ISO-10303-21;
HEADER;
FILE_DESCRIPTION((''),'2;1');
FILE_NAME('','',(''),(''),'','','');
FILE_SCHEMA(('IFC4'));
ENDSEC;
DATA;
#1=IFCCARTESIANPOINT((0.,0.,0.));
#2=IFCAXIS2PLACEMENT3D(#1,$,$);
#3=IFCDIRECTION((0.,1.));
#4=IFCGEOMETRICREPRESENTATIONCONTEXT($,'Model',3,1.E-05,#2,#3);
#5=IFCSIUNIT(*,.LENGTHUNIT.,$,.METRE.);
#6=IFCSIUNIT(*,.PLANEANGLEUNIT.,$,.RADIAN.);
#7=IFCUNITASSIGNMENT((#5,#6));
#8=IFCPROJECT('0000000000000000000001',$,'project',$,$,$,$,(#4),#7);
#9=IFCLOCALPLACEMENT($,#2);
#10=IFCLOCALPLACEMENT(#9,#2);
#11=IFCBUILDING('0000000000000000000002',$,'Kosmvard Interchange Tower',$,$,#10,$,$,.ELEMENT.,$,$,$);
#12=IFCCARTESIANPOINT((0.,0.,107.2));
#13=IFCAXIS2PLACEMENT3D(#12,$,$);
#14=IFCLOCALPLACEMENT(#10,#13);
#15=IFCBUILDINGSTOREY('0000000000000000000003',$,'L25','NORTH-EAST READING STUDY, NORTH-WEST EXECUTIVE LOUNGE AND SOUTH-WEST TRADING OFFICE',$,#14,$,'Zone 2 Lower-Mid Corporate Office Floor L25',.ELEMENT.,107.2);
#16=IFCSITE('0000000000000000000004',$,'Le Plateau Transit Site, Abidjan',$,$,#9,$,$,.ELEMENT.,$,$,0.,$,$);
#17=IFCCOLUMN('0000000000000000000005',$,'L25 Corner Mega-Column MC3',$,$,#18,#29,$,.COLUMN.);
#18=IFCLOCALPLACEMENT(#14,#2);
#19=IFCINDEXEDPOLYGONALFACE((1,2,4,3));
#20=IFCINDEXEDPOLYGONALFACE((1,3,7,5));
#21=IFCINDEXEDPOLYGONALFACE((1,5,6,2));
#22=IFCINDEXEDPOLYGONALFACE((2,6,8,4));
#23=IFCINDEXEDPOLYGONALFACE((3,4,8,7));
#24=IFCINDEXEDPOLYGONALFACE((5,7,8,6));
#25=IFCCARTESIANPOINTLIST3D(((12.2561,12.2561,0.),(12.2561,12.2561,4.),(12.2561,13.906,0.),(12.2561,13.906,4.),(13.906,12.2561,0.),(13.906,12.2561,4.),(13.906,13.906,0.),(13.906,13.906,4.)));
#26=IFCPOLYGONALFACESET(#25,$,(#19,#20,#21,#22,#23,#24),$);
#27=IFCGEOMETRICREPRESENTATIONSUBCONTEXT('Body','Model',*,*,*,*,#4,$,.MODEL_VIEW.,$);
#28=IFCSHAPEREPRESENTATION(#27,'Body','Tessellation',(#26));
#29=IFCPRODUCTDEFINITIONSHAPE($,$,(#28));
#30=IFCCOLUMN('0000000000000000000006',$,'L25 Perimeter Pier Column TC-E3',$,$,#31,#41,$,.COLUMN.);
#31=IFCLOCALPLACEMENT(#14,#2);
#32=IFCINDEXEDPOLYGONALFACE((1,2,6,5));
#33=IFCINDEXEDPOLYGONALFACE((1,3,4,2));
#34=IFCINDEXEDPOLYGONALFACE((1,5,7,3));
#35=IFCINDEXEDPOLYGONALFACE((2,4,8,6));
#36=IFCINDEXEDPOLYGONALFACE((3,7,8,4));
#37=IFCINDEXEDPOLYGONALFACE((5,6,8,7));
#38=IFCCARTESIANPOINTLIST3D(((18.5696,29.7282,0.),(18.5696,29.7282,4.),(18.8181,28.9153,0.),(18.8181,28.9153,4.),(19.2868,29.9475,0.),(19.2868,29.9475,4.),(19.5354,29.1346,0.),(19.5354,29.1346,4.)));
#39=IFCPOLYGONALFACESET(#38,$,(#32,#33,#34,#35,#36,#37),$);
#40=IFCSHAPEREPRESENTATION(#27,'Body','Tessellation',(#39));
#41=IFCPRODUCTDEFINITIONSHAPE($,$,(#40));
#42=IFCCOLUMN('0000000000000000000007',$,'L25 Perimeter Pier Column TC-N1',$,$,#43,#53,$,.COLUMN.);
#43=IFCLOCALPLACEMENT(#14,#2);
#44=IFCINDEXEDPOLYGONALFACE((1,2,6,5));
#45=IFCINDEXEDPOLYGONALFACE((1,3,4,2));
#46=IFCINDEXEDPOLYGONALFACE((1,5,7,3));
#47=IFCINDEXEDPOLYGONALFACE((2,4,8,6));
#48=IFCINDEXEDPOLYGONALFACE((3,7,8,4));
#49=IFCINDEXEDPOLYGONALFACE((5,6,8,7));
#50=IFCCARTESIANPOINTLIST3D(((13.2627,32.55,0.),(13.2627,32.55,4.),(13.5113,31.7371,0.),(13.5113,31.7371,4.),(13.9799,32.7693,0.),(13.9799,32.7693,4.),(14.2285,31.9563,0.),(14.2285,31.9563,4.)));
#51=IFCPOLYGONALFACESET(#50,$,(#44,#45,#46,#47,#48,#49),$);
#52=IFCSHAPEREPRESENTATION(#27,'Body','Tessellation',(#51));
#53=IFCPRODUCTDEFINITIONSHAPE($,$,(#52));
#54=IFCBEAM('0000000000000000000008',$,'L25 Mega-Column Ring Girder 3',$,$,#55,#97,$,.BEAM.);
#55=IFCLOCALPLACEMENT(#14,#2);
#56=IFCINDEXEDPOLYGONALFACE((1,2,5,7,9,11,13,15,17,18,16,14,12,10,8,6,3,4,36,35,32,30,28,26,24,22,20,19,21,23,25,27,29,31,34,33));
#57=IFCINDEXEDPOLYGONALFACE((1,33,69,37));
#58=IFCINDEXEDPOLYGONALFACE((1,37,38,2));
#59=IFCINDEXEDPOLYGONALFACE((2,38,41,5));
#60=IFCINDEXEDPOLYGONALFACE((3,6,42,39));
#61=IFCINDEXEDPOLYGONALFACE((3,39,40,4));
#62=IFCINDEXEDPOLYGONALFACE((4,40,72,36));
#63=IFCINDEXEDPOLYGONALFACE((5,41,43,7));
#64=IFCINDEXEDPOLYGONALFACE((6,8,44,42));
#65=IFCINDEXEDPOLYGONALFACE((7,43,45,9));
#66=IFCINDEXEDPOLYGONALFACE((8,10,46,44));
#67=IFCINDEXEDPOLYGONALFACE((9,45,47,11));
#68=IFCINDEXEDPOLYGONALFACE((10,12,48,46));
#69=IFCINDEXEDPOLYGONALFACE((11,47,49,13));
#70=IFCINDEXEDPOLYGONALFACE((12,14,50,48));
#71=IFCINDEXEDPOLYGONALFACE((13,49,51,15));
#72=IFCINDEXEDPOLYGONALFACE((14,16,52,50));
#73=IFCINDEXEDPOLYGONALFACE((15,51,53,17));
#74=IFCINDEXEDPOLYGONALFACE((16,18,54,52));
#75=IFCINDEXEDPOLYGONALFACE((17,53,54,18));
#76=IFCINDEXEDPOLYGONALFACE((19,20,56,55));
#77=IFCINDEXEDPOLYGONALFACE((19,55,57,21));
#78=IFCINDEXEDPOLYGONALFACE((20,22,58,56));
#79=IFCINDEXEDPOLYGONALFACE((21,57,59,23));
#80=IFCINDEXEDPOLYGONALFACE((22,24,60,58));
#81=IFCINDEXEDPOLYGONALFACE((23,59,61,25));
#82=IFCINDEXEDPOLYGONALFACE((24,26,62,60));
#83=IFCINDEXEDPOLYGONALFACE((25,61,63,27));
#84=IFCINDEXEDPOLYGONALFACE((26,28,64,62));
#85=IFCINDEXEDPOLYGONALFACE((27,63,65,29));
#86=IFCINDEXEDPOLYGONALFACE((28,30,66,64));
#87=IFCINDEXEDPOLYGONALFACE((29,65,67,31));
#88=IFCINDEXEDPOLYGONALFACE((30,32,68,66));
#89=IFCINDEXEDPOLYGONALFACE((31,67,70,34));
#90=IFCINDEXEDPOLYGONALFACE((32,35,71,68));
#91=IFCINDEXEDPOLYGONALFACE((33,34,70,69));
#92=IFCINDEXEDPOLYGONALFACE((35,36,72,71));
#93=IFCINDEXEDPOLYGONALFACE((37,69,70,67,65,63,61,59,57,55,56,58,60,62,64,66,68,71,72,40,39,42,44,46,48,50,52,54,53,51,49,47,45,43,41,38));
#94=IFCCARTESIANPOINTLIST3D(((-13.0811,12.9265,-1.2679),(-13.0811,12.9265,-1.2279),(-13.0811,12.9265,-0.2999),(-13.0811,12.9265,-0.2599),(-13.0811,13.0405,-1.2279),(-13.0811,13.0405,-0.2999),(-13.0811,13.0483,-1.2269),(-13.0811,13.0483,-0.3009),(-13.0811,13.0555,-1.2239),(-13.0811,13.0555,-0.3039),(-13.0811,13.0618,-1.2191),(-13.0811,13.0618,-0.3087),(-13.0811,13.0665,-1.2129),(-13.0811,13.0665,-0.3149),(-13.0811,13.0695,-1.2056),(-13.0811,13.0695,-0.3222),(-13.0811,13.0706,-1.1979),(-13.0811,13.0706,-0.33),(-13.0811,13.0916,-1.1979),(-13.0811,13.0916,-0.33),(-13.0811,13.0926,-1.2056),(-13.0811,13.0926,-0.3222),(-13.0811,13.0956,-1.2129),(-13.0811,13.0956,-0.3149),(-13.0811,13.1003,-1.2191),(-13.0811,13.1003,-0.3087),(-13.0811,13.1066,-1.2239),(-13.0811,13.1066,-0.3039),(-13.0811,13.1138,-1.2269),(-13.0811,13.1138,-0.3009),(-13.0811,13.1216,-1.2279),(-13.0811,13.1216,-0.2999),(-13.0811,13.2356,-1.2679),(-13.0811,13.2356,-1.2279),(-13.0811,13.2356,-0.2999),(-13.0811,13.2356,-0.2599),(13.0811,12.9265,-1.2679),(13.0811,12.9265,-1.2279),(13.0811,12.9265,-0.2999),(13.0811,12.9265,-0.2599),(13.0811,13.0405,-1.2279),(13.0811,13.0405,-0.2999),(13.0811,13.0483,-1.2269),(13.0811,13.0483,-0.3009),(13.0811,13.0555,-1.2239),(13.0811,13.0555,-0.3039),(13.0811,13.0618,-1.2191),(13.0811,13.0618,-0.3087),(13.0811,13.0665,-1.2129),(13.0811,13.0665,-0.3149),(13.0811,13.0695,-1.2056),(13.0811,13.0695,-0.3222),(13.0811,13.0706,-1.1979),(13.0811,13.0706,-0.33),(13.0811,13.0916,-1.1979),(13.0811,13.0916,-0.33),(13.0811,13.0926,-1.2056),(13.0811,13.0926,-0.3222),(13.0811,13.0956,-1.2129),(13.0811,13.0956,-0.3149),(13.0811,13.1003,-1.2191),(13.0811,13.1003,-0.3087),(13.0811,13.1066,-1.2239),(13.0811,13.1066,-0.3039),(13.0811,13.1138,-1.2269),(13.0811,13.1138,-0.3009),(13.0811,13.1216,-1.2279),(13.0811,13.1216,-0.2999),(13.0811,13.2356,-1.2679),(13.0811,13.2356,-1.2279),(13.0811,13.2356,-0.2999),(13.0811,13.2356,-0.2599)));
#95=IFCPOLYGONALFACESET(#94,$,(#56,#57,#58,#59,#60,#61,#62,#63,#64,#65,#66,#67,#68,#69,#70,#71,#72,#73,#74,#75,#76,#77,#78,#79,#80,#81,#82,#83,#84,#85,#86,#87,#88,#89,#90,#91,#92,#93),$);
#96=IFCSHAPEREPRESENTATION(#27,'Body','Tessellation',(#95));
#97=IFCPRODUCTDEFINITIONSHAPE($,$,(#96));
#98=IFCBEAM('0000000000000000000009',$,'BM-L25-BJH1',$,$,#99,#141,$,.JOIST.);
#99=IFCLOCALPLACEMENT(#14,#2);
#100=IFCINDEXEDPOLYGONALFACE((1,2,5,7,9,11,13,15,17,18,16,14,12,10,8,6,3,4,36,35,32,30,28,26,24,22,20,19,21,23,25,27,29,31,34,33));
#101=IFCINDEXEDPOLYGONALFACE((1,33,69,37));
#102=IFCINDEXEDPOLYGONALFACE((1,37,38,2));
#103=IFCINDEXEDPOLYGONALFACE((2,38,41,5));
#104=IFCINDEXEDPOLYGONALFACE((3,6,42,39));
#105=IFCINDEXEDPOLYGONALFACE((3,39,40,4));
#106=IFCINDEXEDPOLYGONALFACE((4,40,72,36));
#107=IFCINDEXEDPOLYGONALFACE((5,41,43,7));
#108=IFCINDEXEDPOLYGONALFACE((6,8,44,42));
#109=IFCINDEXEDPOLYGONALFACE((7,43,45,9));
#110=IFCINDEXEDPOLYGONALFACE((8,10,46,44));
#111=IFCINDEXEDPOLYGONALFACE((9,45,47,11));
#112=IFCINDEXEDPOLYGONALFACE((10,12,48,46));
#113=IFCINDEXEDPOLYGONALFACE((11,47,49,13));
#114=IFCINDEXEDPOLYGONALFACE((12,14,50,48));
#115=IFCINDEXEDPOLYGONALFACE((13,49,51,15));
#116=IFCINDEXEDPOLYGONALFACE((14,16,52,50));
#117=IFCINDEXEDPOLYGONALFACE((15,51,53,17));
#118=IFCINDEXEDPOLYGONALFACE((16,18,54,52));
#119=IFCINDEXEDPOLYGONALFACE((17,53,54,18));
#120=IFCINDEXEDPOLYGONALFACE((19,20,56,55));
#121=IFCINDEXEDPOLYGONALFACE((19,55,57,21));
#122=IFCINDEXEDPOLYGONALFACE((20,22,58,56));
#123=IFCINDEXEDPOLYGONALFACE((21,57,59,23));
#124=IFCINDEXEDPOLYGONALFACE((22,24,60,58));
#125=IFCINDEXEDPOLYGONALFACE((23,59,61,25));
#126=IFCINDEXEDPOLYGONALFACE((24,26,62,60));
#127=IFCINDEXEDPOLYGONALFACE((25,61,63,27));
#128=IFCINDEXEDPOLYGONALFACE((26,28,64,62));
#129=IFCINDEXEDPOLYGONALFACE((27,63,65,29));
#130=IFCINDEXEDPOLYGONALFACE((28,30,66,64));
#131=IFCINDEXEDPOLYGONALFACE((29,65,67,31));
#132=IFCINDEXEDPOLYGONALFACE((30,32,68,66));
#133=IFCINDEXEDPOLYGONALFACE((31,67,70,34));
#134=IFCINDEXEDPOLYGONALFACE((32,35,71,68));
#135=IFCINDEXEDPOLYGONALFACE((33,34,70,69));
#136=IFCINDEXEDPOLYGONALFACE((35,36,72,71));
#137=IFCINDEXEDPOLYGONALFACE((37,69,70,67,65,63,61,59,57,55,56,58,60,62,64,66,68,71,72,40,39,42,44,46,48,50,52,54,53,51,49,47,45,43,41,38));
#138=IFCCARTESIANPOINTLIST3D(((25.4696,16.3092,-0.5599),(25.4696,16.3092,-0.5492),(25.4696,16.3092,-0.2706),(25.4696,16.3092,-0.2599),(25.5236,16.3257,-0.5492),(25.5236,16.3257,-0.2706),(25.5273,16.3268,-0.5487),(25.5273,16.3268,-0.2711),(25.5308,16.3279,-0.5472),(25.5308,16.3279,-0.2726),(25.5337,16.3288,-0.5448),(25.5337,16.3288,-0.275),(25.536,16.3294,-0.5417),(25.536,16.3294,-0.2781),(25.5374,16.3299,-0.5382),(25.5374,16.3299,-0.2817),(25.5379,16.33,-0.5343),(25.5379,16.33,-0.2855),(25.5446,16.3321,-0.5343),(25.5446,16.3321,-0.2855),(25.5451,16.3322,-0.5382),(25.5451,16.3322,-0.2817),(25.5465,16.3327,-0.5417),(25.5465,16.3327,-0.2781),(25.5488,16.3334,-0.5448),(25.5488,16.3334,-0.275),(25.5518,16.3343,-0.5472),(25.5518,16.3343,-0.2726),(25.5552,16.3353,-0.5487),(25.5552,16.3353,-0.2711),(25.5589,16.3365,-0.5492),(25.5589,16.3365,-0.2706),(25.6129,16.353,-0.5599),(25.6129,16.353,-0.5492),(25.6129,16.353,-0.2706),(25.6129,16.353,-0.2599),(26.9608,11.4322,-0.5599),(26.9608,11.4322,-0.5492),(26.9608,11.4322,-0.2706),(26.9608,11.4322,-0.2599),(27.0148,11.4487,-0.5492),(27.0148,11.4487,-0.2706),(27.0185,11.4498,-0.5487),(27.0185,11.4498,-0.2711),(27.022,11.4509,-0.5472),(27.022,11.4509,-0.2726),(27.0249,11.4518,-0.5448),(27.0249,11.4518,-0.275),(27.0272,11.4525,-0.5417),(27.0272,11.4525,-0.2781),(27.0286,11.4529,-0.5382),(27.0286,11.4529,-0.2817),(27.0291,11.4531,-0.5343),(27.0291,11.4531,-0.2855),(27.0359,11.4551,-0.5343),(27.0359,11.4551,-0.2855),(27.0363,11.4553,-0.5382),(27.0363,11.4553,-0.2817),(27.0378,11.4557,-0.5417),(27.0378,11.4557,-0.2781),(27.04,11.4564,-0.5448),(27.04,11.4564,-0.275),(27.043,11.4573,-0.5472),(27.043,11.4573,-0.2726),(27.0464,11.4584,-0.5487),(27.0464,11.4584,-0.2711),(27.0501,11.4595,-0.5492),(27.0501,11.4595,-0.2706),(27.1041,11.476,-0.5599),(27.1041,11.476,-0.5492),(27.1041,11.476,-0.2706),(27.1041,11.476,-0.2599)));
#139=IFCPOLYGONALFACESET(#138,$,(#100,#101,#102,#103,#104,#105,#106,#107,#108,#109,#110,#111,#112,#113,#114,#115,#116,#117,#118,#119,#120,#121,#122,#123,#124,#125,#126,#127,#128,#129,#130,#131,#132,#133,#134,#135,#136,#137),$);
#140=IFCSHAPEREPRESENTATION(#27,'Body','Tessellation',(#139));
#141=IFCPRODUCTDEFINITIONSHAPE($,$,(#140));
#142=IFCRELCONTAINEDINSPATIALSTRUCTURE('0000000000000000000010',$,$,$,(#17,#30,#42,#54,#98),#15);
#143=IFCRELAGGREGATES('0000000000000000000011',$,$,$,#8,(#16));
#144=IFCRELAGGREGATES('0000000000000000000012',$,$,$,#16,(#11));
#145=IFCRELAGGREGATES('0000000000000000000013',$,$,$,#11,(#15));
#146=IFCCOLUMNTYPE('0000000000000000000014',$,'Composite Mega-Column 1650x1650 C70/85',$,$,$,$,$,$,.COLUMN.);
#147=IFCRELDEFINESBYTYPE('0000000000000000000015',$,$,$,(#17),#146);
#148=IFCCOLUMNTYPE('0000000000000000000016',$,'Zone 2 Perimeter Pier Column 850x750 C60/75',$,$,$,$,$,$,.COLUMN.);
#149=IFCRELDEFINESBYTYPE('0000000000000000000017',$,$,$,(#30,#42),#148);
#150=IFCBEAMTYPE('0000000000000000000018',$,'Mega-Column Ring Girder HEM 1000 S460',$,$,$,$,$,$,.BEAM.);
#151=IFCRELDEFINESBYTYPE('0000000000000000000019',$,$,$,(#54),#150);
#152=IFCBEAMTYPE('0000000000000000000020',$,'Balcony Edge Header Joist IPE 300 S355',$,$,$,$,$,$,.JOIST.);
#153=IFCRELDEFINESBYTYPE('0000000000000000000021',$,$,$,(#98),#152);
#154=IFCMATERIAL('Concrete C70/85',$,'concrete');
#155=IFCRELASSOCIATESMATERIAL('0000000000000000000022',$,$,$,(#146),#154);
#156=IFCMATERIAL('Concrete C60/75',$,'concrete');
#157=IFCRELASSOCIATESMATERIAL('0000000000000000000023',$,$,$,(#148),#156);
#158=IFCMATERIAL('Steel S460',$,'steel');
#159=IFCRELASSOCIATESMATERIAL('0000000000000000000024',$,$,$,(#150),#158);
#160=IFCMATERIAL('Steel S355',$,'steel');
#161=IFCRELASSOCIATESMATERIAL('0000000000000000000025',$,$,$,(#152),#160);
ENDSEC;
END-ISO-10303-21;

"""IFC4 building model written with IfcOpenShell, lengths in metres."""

from ifc_helpers import new_model, si_unit, direction, frame, origin, origin_2d, place, context, subcontext, project, spatial, rectangle, i_section, extrude, source, transform, mapped, material, material_profile, profile_set, type_object, element, save


model = new_model("IFC4")

# Units and contexts
model_context = context("Model", 3, precision=1e-05, world=origin(), true_north=direction((0.0, 1.0)))
body_context = subcontext(model_context, "Body", "Model", "MODEL_VIEW")
ifc_project = project(units=[si_unit("LENGTHUNIT", "METRE"), si_unit("PLANEANGLEUNIT", "RADIAN")], contexts=[model_context])

# Site, building, storey
site_placement = place(None, origin())
site = spatial("IfcSite", under=ifc_project, at=site_placement, Name="Le Plateau Transit Site, Abidjan", CompositionType="ELEMENT", RefElevation=0.0)
building_placement = place(site_placement, origin())
building = spatial("IfcBuilding", under=site, at=building_placement, Name="Kosmvard Interchange Tower", CompositionType="ELEMENT")
storey_placement = place(building_placement, frame((0.0, 0.0, 107.2)))
storey = spatial("IfcBuildingStorey", under=building, at=storey_placement, Name="L25", Description="NORTH-EAST READING STUDY, NORTH-WEST EXECUTIVE LOUNGE AND SOUTH-WEST TRADING OFFICE", LongName="Zone 2 Lower-Mid Corporate Office Floor L25", CompositionType="ELEMENT", Elevation=107.2)

# Columns
ifc_material_1 = material(Name="Concrete C70/85", Category="concrete")
ifc_material_profile_1 = material_profile(ifc_material_1, rectangle(XDim=1.6499, YDim=1.6499, at=origin_2d()), Name="MC 1650x1650")
ifc_profile_set_1 = profile_set([ifc_material_profile_1], Name="Concrete C70/85")
column_type_1 = type_object("IfcColumnType", Name="Composite Mega-Column 1650x1650 C70/85", PredefinedType="COLUMN", material=ifc_profile_set_1)
shared_shape_1 = source(origin(), body_context, "Body", "SweptSolid", [
    extrude(rectangle(XDim=1.6499, YDim=1.6499, at=origin_2d()), origin(), (0.0, 0.0, 1.0), 4.0),
])
column_placement = place(storey_placement, frame((13.0811, 13.0811, 0.0), z_axis=(0.0, 0.0, 1.0), x_axis=(1.0, 0.0, 0.0)))
element("IfcColumn", 1, at=column_placement, inside=storey, type_object=column_type_1, Name="L25 Corner Mega-Column MC3", PredefinedType="COLUMN", context=body_context, shape_type="MappedRepresentation", body=[
    mapped(shared_shape_1, transform((0.0, 0.0, 0.0), scale=1.0)),
])
ifc_material_2 = material(Name="Concrete C60/75", Category="concrete")
ifc_material_profile_2 = material_profile(ifc_material_2, rectangle(XDim=0.75, YDim=0.8501, at=origin_2d()), Name="TC 850x750")
ifc_profile_set_2 = profile_set([ifc_material_profile_2], Name="Concrete C60/75")
column_type_2 = type_object("IfcColumnType", Name="Zone 2 Perimeter Pier Column 850x750 C60/75", PredefinedType="COLUMN", material=ifc_profile_set_2)
shared_shape_2 = source(origin(), body_context, "Body", "SweptSolid", [
    extrude(rectangle(XDim=0.75, YDim=0.8501, at=origin_2d()), origin(), (0.0, 0.0, 1.0), 4.0),
])
for number, where, z_axis, x_axis, name in (
    (2, (19.0525, 29.4314, 0.0), (0.0, 0.0, 1.0), (0.956305, 0.292372, 0.0), "L25 Perimeter Pier Column TC-E3"),
    (3, (13.7456, 32.2532, 0.0), (0.0, 0.0, 1.0), (0.956305, 0.292372, 0.0), "L25 Perimeter Pier Column TC-N1"),
):
    element("IfcColumn", number, at=place(storey_placement, frame(where, z_axis=z_axis, x_axis=x_axis)), inside=storey, type_object=column_type_2, Name=name, PredefinedType="COLUMN", context=body_context, shape_type="MappedRepresentation", body=[
        mapped(shared_shape_2, transform((0.0, 0.0, 0.0), scale=1.0)),
    ])

# Beams
ifc_material_3 = material(Name="Steel S460", Category="steel")
ifc_material_profile_3 = material_profile(ifc_material_3, i_section(OverallWidth=0.3091, OverallDepth=1.0081, WebThickness=0.021, FlangeThickness=0.04, FilletRadius=0.03, at=origin_2d()), Name="HEM 1000")
ifc_profile_set_3 = profile_set([ifc_material_profile_3], Name="Steel S460")
beam_type_1 = type_object("IfcBeamType", Name="Mega-Column Ring Girder HEM 1000 S460", PredefinedType="BEAM", material=ifc_profile_set_3)
shared_shape_3 = source(origin(), body_context, "Body", "SweptSolid", [
    extrude(i_section(OverallWidth=0.3091, OverallDepth=1.0081, WebThickness=0.021, FlangeThickness=0.04, FilletRadius=0.03, at=origin_2d()), origin(), (0.0, 0.0, 1.0), 26.1621),
])
beam_1_placement = place(storey_placement, frame((13.0811, 13.0811, -0.7639), z_axis=(-1.0, 0.0, 0.0), x_axis=(0.0, -1.0, 0.0)))
element("IfcBeam", 4, at=beam_1_placement, inside=storey, type_object=beam_type_1, Name="L25 Mega-Column Ring Girder 3", PredefinedType="BEAM", context=body_context, shape_type="MappedRepresentation", body=[
    mapped(shared_shape_3, transform((0.0, 0.0, 0.0), scale=1.0)),
])
ifc_material_4 = material(Name="Steel S355", Category="steel")
ifc_material_profile_4 = material_profile(ifc_material_4, i_section(OverallWidth=0.1499, OverallDepth=0.3, WebThickness=0.0071, FlangeThickness=0.0107, FilletRadius=0.0149, at=origin_2d()), Name="IPE 300")
ifc_profile_set_4 = profile_set([ifc_material_profile_4], Name="Steel S355")
beam_type_2 = type_object("IfcBeamType", Name="Balcony Edge Header Joist IPE 300 S355", PredefinedType="JOIST", material=ifc_profile_set_4)
shared_shape_4 = source(origin(), body_context, "Body", "SweptSolid", [
    extrude(i_section(OverallWidth=0.1499, OverallDepth=0.3, WebThickness=0.0071, FlangeThickness=0.0107, FilletRadius=0.0149, at=origin_2d()), origin(), (0.0, 0.0, 1.0), 5.0999),
])
beam_2_placement = place(storey_placement, frame((27.0325, 11.4541, -0.4099), z_axis=(-0.292403, 0.956295, 0.0), x_axis=(-0.956295, -0.292403, 0.0)))
element("IfcBeam", 5, at=beam_2_placement, inside=storey, type_object=beam_type_2, Name="BM-L25-BJH1", PredefinedType="JOIST", context=body_context, shape_type="MappedRepresentation", body=[
    mapped(shared_shape_4, transform((0.0, 0.0, 0.0), scale=1.0)),
])

save(model, "model.ifc")
